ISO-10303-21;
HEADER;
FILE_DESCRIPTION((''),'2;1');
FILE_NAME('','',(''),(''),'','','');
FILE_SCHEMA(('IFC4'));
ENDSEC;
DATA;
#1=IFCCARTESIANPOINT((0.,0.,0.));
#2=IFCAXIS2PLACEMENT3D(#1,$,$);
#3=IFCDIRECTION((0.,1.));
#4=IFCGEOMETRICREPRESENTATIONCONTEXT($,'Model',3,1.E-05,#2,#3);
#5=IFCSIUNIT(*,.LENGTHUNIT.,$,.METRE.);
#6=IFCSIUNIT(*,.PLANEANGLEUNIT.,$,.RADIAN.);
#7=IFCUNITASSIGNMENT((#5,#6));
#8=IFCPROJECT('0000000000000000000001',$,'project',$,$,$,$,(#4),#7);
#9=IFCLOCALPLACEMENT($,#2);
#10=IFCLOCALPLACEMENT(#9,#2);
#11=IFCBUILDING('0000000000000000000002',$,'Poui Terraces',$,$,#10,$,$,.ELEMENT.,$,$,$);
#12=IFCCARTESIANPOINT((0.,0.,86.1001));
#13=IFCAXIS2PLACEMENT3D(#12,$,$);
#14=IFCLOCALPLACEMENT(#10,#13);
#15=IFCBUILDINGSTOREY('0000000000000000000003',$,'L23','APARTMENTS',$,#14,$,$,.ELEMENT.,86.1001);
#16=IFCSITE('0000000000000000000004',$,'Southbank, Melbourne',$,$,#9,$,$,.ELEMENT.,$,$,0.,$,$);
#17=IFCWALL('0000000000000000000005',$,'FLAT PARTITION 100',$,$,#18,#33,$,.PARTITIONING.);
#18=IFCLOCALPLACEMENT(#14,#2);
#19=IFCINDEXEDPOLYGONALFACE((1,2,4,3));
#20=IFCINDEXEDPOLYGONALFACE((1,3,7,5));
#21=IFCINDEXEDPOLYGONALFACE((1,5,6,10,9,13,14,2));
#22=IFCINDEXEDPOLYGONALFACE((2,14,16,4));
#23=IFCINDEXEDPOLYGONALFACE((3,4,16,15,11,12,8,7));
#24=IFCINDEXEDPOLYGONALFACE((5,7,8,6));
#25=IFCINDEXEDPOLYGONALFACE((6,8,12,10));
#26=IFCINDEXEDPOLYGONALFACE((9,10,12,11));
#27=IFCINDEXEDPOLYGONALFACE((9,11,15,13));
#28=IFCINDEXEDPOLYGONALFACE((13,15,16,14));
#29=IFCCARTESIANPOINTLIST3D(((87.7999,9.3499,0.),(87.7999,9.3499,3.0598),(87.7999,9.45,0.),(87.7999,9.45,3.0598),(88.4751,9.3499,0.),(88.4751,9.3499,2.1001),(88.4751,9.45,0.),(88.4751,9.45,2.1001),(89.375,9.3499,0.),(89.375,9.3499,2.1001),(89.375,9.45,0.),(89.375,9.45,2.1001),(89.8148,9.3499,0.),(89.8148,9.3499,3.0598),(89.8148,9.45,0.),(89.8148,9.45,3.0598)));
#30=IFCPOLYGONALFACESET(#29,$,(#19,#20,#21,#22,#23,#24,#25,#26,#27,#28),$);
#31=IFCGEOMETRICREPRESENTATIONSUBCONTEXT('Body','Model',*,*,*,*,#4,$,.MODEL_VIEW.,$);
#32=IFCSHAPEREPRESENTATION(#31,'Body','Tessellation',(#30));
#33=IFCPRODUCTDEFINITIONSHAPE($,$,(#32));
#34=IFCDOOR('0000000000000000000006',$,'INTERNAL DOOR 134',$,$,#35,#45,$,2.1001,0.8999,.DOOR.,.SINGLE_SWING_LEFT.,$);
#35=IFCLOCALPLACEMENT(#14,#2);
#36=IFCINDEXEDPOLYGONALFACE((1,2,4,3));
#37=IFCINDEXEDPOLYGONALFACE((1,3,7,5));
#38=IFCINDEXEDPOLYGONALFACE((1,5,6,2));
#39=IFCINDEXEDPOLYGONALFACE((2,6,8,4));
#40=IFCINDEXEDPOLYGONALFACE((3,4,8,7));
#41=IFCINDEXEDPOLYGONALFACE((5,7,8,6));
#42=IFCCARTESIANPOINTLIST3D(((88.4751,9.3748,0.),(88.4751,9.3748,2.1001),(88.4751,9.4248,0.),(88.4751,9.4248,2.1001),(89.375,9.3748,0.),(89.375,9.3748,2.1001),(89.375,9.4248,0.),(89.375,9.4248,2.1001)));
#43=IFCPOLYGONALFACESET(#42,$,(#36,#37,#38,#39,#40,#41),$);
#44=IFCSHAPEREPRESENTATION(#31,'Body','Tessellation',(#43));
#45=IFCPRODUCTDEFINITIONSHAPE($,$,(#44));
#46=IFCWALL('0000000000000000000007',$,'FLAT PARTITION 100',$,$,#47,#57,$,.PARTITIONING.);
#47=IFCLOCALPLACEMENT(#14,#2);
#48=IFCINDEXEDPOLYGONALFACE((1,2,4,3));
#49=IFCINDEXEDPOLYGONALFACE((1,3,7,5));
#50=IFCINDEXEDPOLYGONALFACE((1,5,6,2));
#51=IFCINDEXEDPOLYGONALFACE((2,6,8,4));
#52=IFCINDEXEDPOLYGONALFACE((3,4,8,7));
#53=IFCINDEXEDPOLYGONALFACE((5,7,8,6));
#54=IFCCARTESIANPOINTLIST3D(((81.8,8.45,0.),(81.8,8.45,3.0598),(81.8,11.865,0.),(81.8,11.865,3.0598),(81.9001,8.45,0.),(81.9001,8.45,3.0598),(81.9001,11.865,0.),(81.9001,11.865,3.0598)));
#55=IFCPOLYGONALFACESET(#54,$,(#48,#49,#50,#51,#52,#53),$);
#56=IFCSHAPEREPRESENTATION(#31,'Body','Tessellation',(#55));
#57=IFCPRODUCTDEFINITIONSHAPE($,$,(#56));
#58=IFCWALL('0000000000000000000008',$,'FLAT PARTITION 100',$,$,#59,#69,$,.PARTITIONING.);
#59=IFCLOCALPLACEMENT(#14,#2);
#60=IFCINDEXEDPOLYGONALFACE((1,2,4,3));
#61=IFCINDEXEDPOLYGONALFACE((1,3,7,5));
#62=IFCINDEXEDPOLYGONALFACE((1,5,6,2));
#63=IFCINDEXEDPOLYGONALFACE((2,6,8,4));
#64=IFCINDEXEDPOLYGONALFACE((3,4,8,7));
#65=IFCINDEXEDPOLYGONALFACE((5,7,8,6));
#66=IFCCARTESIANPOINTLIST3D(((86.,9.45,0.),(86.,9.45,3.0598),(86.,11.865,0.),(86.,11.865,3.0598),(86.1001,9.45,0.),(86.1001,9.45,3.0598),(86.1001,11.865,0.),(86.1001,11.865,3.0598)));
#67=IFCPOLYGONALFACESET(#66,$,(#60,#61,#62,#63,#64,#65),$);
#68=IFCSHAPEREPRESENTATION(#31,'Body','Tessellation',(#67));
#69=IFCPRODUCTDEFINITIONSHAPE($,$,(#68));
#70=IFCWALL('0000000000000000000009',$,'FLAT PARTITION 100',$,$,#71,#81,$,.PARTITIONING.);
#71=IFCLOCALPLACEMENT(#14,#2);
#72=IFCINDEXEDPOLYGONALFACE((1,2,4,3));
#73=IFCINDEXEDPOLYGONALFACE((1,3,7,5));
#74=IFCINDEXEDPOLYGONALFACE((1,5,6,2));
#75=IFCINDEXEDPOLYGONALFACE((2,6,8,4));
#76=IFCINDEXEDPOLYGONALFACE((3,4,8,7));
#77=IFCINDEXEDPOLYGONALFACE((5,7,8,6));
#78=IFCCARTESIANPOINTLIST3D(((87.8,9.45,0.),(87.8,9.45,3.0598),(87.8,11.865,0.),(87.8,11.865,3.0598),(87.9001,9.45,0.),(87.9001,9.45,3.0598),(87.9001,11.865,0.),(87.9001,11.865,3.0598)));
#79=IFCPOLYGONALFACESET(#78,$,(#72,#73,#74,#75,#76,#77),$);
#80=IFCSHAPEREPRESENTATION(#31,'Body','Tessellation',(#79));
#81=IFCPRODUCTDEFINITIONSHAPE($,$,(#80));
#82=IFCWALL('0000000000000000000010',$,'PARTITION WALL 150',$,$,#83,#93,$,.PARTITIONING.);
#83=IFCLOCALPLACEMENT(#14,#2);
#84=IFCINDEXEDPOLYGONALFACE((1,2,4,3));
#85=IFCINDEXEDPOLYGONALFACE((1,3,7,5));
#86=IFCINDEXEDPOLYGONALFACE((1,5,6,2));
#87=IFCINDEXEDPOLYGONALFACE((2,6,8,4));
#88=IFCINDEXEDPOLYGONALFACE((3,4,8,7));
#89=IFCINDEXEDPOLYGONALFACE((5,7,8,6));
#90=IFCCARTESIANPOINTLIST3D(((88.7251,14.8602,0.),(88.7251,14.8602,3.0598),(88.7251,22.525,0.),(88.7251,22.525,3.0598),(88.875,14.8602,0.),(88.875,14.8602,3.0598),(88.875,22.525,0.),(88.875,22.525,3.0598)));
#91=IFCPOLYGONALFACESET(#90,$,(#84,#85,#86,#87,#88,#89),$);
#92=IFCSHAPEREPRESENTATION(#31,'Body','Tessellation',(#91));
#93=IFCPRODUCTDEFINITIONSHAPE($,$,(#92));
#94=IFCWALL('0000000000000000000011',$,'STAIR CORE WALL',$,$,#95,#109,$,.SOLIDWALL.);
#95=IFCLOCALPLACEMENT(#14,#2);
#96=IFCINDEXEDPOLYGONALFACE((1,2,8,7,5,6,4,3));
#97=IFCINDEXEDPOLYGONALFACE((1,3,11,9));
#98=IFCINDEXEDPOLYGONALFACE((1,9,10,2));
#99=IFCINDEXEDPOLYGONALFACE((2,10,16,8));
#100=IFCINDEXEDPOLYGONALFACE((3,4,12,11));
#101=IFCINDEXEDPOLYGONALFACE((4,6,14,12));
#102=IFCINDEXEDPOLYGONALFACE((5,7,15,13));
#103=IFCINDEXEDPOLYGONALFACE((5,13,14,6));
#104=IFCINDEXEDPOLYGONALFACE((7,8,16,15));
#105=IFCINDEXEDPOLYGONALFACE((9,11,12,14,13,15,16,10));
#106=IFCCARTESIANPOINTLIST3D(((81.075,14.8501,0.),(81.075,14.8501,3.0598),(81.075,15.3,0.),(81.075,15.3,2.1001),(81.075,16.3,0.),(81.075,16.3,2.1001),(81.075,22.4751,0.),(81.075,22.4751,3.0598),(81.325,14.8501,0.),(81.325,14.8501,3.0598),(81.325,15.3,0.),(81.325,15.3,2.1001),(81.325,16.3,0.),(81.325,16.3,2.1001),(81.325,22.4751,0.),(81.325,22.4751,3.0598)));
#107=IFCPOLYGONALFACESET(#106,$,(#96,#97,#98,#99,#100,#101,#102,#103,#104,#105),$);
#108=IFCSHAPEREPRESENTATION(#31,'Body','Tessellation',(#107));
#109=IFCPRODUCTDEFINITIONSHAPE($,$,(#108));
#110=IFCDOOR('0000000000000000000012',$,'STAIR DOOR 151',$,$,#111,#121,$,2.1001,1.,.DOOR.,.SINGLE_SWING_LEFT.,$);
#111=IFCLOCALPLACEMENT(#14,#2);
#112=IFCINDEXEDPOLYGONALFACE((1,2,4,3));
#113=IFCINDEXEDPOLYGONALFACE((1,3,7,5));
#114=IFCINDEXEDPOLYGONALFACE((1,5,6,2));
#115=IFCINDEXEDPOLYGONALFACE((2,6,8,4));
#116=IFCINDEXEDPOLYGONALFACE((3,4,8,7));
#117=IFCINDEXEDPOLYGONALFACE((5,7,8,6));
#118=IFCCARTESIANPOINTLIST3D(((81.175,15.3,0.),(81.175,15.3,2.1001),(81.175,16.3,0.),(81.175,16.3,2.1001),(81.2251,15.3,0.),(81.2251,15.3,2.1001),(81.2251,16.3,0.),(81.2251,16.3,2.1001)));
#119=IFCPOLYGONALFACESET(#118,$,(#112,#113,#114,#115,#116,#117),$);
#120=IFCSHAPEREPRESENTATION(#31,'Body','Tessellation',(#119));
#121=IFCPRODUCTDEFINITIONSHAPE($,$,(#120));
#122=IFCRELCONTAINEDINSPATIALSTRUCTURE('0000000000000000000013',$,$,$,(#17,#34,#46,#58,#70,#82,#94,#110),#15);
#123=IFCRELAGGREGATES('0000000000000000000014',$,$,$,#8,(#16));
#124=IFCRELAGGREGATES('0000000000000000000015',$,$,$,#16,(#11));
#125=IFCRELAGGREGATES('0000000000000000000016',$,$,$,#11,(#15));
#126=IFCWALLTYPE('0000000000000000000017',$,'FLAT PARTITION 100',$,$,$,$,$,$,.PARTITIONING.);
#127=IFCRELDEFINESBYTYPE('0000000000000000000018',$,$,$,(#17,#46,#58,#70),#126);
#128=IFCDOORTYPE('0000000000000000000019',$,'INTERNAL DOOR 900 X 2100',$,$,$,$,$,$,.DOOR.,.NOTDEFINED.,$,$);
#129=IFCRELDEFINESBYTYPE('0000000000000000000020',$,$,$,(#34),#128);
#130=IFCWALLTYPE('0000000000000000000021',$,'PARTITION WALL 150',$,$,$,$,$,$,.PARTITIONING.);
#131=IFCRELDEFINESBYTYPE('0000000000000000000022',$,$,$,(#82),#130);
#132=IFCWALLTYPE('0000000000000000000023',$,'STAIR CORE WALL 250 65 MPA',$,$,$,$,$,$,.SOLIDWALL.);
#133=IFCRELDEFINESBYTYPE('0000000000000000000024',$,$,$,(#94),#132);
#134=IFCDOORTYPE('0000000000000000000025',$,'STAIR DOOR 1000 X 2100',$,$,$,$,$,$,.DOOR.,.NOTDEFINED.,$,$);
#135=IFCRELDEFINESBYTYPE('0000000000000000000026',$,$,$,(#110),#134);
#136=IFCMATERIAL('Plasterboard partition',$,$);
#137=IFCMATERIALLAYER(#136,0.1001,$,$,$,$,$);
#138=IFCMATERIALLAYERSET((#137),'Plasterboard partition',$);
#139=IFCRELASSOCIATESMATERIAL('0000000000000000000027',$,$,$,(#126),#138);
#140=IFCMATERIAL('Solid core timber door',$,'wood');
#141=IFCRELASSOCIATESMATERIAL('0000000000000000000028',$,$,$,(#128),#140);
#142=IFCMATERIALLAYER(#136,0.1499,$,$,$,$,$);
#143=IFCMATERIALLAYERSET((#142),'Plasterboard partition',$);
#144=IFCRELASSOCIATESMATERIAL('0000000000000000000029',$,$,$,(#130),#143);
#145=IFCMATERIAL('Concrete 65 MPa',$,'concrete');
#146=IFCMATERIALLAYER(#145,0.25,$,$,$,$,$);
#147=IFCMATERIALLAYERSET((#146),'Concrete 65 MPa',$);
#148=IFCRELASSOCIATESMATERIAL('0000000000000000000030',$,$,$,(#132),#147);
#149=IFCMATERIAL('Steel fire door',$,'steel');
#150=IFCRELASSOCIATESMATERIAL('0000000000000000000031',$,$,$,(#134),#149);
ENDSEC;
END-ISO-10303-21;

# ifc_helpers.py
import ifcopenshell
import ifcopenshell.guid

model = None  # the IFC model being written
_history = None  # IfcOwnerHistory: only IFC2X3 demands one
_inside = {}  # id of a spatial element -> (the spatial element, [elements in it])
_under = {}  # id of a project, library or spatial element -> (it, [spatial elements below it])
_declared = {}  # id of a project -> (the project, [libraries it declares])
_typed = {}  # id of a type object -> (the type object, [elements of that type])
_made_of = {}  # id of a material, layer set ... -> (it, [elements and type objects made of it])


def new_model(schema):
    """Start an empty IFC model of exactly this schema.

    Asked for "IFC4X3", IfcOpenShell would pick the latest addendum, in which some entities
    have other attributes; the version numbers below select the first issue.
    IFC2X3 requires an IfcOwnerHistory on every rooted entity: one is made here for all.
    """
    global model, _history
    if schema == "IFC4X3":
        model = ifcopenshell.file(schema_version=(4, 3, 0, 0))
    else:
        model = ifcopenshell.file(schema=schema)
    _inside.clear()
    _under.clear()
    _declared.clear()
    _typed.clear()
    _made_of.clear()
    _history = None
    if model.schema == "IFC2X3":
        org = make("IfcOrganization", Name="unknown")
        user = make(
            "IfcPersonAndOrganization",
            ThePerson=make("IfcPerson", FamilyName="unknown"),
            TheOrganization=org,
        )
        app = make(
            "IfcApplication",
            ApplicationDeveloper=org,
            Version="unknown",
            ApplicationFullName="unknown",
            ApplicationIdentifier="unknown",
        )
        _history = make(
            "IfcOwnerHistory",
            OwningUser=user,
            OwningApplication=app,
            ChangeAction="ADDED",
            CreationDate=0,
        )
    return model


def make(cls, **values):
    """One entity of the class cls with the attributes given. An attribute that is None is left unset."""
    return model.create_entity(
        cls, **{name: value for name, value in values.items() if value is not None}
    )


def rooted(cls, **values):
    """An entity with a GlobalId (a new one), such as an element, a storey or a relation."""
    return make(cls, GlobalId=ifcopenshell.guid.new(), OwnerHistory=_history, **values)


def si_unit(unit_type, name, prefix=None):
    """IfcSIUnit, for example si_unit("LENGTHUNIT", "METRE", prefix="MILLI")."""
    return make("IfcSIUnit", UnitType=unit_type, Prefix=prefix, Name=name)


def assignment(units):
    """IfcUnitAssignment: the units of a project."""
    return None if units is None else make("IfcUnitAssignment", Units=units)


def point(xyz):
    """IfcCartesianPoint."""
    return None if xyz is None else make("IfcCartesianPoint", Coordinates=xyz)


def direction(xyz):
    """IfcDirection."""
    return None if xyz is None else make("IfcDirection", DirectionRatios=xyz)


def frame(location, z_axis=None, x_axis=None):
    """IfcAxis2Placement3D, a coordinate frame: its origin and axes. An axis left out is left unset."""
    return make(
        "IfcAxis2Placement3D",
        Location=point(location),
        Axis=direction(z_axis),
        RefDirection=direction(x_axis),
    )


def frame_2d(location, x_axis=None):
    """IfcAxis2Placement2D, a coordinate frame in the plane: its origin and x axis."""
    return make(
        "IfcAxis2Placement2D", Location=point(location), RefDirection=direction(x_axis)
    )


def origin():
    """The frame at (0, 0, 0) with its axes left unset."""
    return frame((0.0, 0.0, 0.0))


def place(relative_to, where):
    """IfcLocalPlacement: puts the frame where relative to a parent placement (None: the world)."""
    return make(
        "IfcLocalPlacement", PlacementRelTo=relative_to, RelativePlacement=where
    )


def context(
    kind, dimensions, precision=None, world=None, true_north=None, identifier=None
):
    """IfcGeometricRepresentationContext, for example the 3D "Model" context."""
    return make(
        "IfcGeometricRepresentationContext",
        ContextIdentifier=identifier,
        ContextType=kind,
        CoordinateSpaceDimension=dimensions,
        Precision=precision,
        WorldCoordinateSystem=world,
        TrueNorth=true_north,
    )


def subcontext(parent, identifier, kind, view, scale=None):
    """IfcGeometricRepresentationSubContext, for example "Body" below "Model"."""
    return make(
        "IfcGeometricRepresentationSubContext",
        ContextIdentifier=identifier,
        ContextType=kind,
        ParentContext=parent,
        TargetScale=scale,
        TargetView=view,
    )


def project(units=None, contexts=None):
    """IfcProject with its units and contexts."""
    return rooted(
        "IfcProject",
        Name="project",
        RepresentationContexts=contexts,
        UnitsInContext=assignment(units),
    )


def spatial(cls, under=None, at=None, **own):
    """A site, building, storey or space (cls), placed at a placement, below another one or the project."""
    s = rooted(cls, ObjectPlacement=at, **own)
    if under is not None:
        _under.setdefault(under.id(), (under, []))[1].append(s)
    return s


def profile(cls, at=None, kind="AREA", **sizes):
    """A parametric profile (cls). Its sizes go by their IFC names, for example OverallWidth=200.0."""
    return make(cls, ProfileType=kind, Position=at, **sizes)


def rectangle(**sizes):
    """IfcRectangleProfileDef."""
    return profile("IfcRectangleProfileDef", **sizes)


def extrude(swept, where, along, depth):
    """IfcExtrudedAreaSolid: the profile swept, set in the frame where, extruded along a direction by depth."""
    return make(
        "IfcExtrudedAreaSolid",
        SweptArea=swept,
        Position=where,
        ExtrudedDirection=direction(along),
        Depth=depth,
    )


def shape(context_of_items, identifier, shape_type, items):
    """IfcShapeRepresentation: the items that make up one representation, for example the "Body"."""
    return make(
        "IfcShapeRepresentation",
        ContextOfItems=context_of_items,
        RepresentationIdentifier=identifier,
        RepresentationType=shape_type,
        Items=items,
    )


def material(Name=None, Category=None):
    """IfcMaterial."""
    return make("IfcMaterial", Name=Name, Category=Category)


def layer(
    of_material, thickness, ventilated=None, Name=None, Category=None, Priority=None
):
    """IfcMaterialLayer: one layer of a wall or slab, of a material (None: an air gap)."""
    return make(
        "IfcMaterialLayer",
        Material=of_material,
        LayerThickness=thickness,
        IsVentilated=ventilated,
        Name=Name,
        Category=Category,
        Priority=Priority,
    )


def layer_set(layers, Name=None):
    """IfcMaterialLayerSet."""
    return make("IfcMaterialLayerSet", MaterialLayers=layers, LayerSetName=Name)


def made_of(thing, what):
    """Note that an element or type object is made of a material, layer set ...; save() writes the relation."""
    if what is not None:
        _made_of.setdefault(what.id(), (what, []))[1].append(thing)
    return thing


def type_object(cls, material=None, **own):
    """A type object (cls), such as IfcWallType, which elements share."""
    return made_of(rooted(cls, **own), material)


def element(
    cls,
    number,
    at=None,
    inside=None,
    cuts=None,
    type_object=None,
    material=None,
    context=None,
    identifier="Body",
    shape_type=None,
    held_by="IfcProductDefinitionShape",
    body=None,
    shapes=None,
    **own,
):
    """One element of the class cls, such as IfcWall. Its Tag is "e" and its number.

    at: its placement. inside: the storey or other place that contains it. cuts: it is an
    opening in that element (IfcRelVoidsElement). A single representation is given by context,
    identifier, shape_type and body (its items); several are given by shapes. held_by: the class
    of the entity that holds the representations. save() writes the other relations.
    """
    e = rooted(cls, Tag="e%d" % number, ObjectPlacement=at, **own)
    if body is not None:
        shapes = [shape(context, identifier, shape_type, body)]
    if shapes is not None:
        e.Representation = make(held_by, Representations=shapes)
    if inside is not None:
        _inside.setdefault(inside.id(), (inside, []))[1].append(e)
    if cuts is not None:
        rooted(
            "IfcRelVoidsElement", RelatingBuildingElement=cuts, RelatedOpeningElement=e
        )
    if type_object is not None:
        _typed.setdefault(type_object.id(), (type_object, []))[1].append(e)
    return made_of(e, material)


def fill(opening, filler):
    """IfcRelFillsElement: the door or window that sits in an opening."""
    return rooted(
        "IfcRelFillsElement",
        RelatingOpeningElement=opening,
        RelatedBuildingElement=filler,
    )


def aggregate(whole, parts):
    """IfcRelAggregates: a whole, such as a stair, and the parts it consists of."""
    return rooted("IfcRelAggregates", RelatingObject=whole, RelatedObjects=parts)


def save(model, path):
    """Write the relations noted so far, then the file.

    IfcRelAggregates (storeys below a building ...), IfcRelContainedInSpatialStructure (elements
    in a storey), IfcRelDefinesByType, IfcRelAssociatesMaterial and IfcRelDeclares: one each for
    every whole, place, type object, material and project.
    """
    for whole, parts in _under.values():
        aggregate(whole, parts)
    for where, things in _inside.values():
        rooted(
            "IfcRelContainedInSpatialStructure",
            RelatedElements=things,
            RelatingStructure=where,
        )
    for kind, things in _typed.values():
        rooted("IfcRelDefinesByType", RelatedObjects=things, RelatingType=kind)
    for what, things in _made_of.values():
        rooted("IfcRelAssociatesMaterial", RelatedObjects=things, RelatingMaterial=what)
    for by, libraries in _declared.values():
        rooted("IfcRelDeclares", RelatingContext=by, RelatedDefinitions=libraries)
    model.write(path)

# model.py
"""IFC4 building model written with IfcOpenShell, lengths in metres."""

from ifc_helpers import new_model, si_unit, direction, frame, frame_2d, origin, place, context, subcontext, project, spatial, rectangle, extrude, material, layer, layer_set, type_object, element, fill, save


model = new_model("IFC4")

# Units and contexts
model_context = context("Model", 3, precision=1e-05, world=origin(), true_north=direction((0.0, 1.0)))
body_context = subcontext(model_context, "Body", "Model", "MODEL_VIEW")
ifc_project = project(units=[si_unit("LENGTHUNIT", "METRE"), si_unit("PLANEANGLEUNIT", "RADIAN")], contexts=[model_context])

# Site, building, storey
site_placement = place(None, origin())
site = spatial("IfcSite", under=ifc_project, at=site_placement, Name="Southbank, Melbourne", CompositionType="ELEMENT", RefElevation=0.0)
building_placement = place(site_placement, origin())
building = spatial("IfcBuilding", under=site, at=building_placement, Name="Poui Terraces", CompositionType="ELEMENT")
storey_placement = place(building_placement, frame((0.0, 0.0, 86.1001)))
storey = spatial("IfcBuildingStorey", under=building, at=storey_placement, Name="L23", Description="APARTMENTS", CompositionType="ELEMENT", Elevation=86.1001)

# Shared definitions
ifc_material_1 = material(Name="Concrete 65 MPa", Category="concrete")

# Wall, opening, door
ifc_material_2 = material(Name="Steel fire door", Category="steel")
ifc_material_3 = material(Name="Solid core timber door", Category="wood")
ifc_material_4 = material(Name="Plasterboard partition")
ifc_layer_1 = layer(ifc_material_4, 0.1001)
ifc_layer_set_1 = layer_set([ifc_layer_1], Name="Plasterboard partition")
wall_type_1 = type_object("IfcWallType", Name="FLAT PARTITION 100", PredefinedType="PARTITIONING", material=ifc_layer_set_1)
wall_1_placement = place(storey_placement, frame((87.8, 9.3999, 0.0), z_axis=(0.0, 0.0, 1.0), x_axis=(1.0, 0.0, 0.0)))
wall_1 = element("IfcWall", 1, at=wall_1_placement, inside=storey, type_object=wall_type_1, Name="FLAT PARTITION 100", PredefinedType="PARTITIONING", context=body_context, shape_type="SweptSolid", body=[
    extrude(rectangle(XDim=2.0149, YDim=0.1001, at=frame_2d((1.0073, 0.0))), origin(), (0.0, 0.0, 1.0), 3.0598),
])
opening_1_placement = place(wall_1_placement, frame((0.675, 0.0, 0.0)))
opening_1 = element("IfcOpeningElement", 2, at=opening_1_placement, cuts=wall_1, PredefinedType="OPENING", context=body_context, shape_type="SweptSolid", body=[
    extrude(rectangle(XDim=0.8999, YDim=2.1001, at=frame_2d((0.45, 1.05))), frame((0.0, 0.0601, 0.0), z_axis=(0.0, -1.0, 0.0), x_axis=(1.0, 0.0, 0.0)), (0.0, 0.0, 1.0), 0.1201),
])
door_type_1 = type_object("IfcDoorType", Name="INTERNAL DOOR 900 X 2100", OperationType="NOTDEFINED", PredefinedType="DOOR", material=ifc_material_3)
door_1_placement = place(opening_1_placement, origin())
door_1 = element("IfcDoor", 3, at=door_1_placement, inside=storey, type_object=door_type_1, Name="INTERNAL DOOR 134", OperationType="SINGLE_SWING_LEFT", OverallHeight=2.1001, OverallWidth=0.8999, PredefinedType="DOOR", context=body_context, shape_type="SweptSolid", body=[
    extrude(rectangle(XDim=0.8999, YDim=2.1001, at=frame_2d((0.45, 1.05))), frame((0.0, 0.0249, 0.0), z_axis=(0.0, -1.0, 0.0), x_axis=(1.0, 0.0, 0.0)), (0.0, 0.0, 1.0), 0.05),
])
fill(opening_1, door_1)

# Walls
wall_2_placement = place(storey_placement, frame((81.8501, 8.45, 0.0), z_axis=(0.0, 0.0, 1.0), x_axis=(0.0, 1.0, 0.0)))
element("IfcWall", 4, at=wall_2_placement, inside=storey, type_object=wall_type_1, Name="FLAT PARTITION 100", PredefinedType="PARTITIONING", context=body_context, shape_type="SweptSolid", body=[
    extrude(rectangle(XDim=3.415, YDim=0.1001, at=frame_2d((1.7075, 0.0))), origin(), (0.0, 0.0, 1.0), 3.0598),
])
for number, where, z_axis, x_axis, name in (
    (5, (86.05, 9.45, 0.0), (0.0, 0.0, 1.0), (0.0, 1.0, 0.0), "FLAT PARTITION 100"),
    (6, (87.8501, 9.45, 0.0), (0.0, 0.0, 1.0), (0.0, 1.0, 0.0), "FLAT PARTITION 100"),
):
    element("IfcWall", number, at=place(storey_placement, frame(where, z_axis=z_axis, x_axis=x_axis)), inside=storey, type_object=wall_type_1, Name=name, PredefinedType="PARTITIONING", context=body_context, shape_type="SweptSolid", body=[
        extrude(rectangle(XDim=2.415, YDim=0.1001, at=frame_2d((1.2075, 0.0))), origin(), (0.0, 0.0, 1.0), 3.0598),
    ])
ifc_layer_2 = layer(ifc_material_4, 0.1499)
ifc_layer_set_2 = layer_set([ifc_layer_2], Name="Plasterboard partition")
wall_type_2 = type_object("IfcWallType", Name="PARTITION WALL 150", PredefinedType="PARTITIONING", material=ifc_layer_set_2)
wall_3_placement = place(storey_placement, frame((88.8, 14.8601, 0.0), z_axis=(0.0, 0.0, 1.0), x_axis=(0.0, 1.0, 0.0)))
element("IfcWall", 7, at=wall_3_placement, inside=storey, type_object=wall_type_2, Name="PARTITION WALL 150", PredefinedType="PARTITIONING", context=body_context, shape_type="SweptSolid", body=[
    extrude(rectangle(XDim=7.6648, YDim=0.1499, at=frame_2d((3.8325, 0.0))), origin(), (0.0, 0.0, 1.0), 3.0598),
])

# Wall, opening, door
ifc_layer_3 = layer(ifc_material_1, 0.25)
ifc_layer_set_3 = layer_set([ifc_layer_3], Name="Concrete 65 MPa")
wall_type_3 = type_object("IfcWallType", Name="STAIR CORE WALL 250 65 MPA", PredefinedType="SOLIDWALL", material=ifc_layer_set_3)
wall_4_placement = place(storey_placement, frame((81.2, 14.8501, 0.0), z_axis=(0.0, 0.0, 1.0), x_axis=(0.0, 1.0, 0.0)))
wall_4 = element("IfcWall", 8, at=wall_4_placement, inside=storey, type_object=wall_type_3, Name="STAIR CORE WALL", PredefinedType="SOLIDWALL", context=body_context, shape_type="SweptSolid", body=[
    extrude(rectangle(XDim=7.625, YDim=0.25, at=frame_2d((3.8125, 0.0))), origin(), (0.0, 0.0, 1.0), 3.0598),
])
opening_2_placement = place(wall_4_placement, frame((0.45, 0.0, 0.0)))
opening_2 = element("IfcOpeningElement", 9, at=opening_2_placement, cuts=wall_4, PredefinedType="OPENING", context=body_context, shape_type="SweptSolid", body=[
    extrude(rectangle(XDim=1.0, YDim=2.1001, at=frame_2d((0.5, 1.05))), frame((0.0, 0.135, 0.0), z_axis=(0.0, -1.0, 0.0), x_axis=(1.0, 0.0, 0.0)), (0.0, 0.0, 1.0), 0.27),
])
door_type_2 = type_object("IfcDoorType", Name="STAIR DOOR 1000 X 2100", OperationType="NOTDEFINED", PredefinedType="DOOR", material=ifc_material_2)
door_2_placement = place(opening_2_placement, origin())
door_2 = element("IfcDoor", 10, at=door_2_placement, inside=storey, type_object=door_type_2, Name="STAIR DOOR 151", OperationType="SINGLE_SWING_LEFT", OverallHeight=2.1001, OverallWidth=1.0, PredefinedType="DOOR", context=body_context, shape_type="SweptSolid", body=[
    extrude(rectangle(XDim=1.0, YDim=2.1001, at=frame_2d((0.5, 1.05))), frame((0.0, 0.0249, 0.0), z_axis=(0.0, -1.0, 0.0), x_axis=(1.0, 0.0, 0.0)), (0.0, 0.0, 1.0), 0.05),
])
fill(opening_2, door_2)

save(model, "model.ifc")
